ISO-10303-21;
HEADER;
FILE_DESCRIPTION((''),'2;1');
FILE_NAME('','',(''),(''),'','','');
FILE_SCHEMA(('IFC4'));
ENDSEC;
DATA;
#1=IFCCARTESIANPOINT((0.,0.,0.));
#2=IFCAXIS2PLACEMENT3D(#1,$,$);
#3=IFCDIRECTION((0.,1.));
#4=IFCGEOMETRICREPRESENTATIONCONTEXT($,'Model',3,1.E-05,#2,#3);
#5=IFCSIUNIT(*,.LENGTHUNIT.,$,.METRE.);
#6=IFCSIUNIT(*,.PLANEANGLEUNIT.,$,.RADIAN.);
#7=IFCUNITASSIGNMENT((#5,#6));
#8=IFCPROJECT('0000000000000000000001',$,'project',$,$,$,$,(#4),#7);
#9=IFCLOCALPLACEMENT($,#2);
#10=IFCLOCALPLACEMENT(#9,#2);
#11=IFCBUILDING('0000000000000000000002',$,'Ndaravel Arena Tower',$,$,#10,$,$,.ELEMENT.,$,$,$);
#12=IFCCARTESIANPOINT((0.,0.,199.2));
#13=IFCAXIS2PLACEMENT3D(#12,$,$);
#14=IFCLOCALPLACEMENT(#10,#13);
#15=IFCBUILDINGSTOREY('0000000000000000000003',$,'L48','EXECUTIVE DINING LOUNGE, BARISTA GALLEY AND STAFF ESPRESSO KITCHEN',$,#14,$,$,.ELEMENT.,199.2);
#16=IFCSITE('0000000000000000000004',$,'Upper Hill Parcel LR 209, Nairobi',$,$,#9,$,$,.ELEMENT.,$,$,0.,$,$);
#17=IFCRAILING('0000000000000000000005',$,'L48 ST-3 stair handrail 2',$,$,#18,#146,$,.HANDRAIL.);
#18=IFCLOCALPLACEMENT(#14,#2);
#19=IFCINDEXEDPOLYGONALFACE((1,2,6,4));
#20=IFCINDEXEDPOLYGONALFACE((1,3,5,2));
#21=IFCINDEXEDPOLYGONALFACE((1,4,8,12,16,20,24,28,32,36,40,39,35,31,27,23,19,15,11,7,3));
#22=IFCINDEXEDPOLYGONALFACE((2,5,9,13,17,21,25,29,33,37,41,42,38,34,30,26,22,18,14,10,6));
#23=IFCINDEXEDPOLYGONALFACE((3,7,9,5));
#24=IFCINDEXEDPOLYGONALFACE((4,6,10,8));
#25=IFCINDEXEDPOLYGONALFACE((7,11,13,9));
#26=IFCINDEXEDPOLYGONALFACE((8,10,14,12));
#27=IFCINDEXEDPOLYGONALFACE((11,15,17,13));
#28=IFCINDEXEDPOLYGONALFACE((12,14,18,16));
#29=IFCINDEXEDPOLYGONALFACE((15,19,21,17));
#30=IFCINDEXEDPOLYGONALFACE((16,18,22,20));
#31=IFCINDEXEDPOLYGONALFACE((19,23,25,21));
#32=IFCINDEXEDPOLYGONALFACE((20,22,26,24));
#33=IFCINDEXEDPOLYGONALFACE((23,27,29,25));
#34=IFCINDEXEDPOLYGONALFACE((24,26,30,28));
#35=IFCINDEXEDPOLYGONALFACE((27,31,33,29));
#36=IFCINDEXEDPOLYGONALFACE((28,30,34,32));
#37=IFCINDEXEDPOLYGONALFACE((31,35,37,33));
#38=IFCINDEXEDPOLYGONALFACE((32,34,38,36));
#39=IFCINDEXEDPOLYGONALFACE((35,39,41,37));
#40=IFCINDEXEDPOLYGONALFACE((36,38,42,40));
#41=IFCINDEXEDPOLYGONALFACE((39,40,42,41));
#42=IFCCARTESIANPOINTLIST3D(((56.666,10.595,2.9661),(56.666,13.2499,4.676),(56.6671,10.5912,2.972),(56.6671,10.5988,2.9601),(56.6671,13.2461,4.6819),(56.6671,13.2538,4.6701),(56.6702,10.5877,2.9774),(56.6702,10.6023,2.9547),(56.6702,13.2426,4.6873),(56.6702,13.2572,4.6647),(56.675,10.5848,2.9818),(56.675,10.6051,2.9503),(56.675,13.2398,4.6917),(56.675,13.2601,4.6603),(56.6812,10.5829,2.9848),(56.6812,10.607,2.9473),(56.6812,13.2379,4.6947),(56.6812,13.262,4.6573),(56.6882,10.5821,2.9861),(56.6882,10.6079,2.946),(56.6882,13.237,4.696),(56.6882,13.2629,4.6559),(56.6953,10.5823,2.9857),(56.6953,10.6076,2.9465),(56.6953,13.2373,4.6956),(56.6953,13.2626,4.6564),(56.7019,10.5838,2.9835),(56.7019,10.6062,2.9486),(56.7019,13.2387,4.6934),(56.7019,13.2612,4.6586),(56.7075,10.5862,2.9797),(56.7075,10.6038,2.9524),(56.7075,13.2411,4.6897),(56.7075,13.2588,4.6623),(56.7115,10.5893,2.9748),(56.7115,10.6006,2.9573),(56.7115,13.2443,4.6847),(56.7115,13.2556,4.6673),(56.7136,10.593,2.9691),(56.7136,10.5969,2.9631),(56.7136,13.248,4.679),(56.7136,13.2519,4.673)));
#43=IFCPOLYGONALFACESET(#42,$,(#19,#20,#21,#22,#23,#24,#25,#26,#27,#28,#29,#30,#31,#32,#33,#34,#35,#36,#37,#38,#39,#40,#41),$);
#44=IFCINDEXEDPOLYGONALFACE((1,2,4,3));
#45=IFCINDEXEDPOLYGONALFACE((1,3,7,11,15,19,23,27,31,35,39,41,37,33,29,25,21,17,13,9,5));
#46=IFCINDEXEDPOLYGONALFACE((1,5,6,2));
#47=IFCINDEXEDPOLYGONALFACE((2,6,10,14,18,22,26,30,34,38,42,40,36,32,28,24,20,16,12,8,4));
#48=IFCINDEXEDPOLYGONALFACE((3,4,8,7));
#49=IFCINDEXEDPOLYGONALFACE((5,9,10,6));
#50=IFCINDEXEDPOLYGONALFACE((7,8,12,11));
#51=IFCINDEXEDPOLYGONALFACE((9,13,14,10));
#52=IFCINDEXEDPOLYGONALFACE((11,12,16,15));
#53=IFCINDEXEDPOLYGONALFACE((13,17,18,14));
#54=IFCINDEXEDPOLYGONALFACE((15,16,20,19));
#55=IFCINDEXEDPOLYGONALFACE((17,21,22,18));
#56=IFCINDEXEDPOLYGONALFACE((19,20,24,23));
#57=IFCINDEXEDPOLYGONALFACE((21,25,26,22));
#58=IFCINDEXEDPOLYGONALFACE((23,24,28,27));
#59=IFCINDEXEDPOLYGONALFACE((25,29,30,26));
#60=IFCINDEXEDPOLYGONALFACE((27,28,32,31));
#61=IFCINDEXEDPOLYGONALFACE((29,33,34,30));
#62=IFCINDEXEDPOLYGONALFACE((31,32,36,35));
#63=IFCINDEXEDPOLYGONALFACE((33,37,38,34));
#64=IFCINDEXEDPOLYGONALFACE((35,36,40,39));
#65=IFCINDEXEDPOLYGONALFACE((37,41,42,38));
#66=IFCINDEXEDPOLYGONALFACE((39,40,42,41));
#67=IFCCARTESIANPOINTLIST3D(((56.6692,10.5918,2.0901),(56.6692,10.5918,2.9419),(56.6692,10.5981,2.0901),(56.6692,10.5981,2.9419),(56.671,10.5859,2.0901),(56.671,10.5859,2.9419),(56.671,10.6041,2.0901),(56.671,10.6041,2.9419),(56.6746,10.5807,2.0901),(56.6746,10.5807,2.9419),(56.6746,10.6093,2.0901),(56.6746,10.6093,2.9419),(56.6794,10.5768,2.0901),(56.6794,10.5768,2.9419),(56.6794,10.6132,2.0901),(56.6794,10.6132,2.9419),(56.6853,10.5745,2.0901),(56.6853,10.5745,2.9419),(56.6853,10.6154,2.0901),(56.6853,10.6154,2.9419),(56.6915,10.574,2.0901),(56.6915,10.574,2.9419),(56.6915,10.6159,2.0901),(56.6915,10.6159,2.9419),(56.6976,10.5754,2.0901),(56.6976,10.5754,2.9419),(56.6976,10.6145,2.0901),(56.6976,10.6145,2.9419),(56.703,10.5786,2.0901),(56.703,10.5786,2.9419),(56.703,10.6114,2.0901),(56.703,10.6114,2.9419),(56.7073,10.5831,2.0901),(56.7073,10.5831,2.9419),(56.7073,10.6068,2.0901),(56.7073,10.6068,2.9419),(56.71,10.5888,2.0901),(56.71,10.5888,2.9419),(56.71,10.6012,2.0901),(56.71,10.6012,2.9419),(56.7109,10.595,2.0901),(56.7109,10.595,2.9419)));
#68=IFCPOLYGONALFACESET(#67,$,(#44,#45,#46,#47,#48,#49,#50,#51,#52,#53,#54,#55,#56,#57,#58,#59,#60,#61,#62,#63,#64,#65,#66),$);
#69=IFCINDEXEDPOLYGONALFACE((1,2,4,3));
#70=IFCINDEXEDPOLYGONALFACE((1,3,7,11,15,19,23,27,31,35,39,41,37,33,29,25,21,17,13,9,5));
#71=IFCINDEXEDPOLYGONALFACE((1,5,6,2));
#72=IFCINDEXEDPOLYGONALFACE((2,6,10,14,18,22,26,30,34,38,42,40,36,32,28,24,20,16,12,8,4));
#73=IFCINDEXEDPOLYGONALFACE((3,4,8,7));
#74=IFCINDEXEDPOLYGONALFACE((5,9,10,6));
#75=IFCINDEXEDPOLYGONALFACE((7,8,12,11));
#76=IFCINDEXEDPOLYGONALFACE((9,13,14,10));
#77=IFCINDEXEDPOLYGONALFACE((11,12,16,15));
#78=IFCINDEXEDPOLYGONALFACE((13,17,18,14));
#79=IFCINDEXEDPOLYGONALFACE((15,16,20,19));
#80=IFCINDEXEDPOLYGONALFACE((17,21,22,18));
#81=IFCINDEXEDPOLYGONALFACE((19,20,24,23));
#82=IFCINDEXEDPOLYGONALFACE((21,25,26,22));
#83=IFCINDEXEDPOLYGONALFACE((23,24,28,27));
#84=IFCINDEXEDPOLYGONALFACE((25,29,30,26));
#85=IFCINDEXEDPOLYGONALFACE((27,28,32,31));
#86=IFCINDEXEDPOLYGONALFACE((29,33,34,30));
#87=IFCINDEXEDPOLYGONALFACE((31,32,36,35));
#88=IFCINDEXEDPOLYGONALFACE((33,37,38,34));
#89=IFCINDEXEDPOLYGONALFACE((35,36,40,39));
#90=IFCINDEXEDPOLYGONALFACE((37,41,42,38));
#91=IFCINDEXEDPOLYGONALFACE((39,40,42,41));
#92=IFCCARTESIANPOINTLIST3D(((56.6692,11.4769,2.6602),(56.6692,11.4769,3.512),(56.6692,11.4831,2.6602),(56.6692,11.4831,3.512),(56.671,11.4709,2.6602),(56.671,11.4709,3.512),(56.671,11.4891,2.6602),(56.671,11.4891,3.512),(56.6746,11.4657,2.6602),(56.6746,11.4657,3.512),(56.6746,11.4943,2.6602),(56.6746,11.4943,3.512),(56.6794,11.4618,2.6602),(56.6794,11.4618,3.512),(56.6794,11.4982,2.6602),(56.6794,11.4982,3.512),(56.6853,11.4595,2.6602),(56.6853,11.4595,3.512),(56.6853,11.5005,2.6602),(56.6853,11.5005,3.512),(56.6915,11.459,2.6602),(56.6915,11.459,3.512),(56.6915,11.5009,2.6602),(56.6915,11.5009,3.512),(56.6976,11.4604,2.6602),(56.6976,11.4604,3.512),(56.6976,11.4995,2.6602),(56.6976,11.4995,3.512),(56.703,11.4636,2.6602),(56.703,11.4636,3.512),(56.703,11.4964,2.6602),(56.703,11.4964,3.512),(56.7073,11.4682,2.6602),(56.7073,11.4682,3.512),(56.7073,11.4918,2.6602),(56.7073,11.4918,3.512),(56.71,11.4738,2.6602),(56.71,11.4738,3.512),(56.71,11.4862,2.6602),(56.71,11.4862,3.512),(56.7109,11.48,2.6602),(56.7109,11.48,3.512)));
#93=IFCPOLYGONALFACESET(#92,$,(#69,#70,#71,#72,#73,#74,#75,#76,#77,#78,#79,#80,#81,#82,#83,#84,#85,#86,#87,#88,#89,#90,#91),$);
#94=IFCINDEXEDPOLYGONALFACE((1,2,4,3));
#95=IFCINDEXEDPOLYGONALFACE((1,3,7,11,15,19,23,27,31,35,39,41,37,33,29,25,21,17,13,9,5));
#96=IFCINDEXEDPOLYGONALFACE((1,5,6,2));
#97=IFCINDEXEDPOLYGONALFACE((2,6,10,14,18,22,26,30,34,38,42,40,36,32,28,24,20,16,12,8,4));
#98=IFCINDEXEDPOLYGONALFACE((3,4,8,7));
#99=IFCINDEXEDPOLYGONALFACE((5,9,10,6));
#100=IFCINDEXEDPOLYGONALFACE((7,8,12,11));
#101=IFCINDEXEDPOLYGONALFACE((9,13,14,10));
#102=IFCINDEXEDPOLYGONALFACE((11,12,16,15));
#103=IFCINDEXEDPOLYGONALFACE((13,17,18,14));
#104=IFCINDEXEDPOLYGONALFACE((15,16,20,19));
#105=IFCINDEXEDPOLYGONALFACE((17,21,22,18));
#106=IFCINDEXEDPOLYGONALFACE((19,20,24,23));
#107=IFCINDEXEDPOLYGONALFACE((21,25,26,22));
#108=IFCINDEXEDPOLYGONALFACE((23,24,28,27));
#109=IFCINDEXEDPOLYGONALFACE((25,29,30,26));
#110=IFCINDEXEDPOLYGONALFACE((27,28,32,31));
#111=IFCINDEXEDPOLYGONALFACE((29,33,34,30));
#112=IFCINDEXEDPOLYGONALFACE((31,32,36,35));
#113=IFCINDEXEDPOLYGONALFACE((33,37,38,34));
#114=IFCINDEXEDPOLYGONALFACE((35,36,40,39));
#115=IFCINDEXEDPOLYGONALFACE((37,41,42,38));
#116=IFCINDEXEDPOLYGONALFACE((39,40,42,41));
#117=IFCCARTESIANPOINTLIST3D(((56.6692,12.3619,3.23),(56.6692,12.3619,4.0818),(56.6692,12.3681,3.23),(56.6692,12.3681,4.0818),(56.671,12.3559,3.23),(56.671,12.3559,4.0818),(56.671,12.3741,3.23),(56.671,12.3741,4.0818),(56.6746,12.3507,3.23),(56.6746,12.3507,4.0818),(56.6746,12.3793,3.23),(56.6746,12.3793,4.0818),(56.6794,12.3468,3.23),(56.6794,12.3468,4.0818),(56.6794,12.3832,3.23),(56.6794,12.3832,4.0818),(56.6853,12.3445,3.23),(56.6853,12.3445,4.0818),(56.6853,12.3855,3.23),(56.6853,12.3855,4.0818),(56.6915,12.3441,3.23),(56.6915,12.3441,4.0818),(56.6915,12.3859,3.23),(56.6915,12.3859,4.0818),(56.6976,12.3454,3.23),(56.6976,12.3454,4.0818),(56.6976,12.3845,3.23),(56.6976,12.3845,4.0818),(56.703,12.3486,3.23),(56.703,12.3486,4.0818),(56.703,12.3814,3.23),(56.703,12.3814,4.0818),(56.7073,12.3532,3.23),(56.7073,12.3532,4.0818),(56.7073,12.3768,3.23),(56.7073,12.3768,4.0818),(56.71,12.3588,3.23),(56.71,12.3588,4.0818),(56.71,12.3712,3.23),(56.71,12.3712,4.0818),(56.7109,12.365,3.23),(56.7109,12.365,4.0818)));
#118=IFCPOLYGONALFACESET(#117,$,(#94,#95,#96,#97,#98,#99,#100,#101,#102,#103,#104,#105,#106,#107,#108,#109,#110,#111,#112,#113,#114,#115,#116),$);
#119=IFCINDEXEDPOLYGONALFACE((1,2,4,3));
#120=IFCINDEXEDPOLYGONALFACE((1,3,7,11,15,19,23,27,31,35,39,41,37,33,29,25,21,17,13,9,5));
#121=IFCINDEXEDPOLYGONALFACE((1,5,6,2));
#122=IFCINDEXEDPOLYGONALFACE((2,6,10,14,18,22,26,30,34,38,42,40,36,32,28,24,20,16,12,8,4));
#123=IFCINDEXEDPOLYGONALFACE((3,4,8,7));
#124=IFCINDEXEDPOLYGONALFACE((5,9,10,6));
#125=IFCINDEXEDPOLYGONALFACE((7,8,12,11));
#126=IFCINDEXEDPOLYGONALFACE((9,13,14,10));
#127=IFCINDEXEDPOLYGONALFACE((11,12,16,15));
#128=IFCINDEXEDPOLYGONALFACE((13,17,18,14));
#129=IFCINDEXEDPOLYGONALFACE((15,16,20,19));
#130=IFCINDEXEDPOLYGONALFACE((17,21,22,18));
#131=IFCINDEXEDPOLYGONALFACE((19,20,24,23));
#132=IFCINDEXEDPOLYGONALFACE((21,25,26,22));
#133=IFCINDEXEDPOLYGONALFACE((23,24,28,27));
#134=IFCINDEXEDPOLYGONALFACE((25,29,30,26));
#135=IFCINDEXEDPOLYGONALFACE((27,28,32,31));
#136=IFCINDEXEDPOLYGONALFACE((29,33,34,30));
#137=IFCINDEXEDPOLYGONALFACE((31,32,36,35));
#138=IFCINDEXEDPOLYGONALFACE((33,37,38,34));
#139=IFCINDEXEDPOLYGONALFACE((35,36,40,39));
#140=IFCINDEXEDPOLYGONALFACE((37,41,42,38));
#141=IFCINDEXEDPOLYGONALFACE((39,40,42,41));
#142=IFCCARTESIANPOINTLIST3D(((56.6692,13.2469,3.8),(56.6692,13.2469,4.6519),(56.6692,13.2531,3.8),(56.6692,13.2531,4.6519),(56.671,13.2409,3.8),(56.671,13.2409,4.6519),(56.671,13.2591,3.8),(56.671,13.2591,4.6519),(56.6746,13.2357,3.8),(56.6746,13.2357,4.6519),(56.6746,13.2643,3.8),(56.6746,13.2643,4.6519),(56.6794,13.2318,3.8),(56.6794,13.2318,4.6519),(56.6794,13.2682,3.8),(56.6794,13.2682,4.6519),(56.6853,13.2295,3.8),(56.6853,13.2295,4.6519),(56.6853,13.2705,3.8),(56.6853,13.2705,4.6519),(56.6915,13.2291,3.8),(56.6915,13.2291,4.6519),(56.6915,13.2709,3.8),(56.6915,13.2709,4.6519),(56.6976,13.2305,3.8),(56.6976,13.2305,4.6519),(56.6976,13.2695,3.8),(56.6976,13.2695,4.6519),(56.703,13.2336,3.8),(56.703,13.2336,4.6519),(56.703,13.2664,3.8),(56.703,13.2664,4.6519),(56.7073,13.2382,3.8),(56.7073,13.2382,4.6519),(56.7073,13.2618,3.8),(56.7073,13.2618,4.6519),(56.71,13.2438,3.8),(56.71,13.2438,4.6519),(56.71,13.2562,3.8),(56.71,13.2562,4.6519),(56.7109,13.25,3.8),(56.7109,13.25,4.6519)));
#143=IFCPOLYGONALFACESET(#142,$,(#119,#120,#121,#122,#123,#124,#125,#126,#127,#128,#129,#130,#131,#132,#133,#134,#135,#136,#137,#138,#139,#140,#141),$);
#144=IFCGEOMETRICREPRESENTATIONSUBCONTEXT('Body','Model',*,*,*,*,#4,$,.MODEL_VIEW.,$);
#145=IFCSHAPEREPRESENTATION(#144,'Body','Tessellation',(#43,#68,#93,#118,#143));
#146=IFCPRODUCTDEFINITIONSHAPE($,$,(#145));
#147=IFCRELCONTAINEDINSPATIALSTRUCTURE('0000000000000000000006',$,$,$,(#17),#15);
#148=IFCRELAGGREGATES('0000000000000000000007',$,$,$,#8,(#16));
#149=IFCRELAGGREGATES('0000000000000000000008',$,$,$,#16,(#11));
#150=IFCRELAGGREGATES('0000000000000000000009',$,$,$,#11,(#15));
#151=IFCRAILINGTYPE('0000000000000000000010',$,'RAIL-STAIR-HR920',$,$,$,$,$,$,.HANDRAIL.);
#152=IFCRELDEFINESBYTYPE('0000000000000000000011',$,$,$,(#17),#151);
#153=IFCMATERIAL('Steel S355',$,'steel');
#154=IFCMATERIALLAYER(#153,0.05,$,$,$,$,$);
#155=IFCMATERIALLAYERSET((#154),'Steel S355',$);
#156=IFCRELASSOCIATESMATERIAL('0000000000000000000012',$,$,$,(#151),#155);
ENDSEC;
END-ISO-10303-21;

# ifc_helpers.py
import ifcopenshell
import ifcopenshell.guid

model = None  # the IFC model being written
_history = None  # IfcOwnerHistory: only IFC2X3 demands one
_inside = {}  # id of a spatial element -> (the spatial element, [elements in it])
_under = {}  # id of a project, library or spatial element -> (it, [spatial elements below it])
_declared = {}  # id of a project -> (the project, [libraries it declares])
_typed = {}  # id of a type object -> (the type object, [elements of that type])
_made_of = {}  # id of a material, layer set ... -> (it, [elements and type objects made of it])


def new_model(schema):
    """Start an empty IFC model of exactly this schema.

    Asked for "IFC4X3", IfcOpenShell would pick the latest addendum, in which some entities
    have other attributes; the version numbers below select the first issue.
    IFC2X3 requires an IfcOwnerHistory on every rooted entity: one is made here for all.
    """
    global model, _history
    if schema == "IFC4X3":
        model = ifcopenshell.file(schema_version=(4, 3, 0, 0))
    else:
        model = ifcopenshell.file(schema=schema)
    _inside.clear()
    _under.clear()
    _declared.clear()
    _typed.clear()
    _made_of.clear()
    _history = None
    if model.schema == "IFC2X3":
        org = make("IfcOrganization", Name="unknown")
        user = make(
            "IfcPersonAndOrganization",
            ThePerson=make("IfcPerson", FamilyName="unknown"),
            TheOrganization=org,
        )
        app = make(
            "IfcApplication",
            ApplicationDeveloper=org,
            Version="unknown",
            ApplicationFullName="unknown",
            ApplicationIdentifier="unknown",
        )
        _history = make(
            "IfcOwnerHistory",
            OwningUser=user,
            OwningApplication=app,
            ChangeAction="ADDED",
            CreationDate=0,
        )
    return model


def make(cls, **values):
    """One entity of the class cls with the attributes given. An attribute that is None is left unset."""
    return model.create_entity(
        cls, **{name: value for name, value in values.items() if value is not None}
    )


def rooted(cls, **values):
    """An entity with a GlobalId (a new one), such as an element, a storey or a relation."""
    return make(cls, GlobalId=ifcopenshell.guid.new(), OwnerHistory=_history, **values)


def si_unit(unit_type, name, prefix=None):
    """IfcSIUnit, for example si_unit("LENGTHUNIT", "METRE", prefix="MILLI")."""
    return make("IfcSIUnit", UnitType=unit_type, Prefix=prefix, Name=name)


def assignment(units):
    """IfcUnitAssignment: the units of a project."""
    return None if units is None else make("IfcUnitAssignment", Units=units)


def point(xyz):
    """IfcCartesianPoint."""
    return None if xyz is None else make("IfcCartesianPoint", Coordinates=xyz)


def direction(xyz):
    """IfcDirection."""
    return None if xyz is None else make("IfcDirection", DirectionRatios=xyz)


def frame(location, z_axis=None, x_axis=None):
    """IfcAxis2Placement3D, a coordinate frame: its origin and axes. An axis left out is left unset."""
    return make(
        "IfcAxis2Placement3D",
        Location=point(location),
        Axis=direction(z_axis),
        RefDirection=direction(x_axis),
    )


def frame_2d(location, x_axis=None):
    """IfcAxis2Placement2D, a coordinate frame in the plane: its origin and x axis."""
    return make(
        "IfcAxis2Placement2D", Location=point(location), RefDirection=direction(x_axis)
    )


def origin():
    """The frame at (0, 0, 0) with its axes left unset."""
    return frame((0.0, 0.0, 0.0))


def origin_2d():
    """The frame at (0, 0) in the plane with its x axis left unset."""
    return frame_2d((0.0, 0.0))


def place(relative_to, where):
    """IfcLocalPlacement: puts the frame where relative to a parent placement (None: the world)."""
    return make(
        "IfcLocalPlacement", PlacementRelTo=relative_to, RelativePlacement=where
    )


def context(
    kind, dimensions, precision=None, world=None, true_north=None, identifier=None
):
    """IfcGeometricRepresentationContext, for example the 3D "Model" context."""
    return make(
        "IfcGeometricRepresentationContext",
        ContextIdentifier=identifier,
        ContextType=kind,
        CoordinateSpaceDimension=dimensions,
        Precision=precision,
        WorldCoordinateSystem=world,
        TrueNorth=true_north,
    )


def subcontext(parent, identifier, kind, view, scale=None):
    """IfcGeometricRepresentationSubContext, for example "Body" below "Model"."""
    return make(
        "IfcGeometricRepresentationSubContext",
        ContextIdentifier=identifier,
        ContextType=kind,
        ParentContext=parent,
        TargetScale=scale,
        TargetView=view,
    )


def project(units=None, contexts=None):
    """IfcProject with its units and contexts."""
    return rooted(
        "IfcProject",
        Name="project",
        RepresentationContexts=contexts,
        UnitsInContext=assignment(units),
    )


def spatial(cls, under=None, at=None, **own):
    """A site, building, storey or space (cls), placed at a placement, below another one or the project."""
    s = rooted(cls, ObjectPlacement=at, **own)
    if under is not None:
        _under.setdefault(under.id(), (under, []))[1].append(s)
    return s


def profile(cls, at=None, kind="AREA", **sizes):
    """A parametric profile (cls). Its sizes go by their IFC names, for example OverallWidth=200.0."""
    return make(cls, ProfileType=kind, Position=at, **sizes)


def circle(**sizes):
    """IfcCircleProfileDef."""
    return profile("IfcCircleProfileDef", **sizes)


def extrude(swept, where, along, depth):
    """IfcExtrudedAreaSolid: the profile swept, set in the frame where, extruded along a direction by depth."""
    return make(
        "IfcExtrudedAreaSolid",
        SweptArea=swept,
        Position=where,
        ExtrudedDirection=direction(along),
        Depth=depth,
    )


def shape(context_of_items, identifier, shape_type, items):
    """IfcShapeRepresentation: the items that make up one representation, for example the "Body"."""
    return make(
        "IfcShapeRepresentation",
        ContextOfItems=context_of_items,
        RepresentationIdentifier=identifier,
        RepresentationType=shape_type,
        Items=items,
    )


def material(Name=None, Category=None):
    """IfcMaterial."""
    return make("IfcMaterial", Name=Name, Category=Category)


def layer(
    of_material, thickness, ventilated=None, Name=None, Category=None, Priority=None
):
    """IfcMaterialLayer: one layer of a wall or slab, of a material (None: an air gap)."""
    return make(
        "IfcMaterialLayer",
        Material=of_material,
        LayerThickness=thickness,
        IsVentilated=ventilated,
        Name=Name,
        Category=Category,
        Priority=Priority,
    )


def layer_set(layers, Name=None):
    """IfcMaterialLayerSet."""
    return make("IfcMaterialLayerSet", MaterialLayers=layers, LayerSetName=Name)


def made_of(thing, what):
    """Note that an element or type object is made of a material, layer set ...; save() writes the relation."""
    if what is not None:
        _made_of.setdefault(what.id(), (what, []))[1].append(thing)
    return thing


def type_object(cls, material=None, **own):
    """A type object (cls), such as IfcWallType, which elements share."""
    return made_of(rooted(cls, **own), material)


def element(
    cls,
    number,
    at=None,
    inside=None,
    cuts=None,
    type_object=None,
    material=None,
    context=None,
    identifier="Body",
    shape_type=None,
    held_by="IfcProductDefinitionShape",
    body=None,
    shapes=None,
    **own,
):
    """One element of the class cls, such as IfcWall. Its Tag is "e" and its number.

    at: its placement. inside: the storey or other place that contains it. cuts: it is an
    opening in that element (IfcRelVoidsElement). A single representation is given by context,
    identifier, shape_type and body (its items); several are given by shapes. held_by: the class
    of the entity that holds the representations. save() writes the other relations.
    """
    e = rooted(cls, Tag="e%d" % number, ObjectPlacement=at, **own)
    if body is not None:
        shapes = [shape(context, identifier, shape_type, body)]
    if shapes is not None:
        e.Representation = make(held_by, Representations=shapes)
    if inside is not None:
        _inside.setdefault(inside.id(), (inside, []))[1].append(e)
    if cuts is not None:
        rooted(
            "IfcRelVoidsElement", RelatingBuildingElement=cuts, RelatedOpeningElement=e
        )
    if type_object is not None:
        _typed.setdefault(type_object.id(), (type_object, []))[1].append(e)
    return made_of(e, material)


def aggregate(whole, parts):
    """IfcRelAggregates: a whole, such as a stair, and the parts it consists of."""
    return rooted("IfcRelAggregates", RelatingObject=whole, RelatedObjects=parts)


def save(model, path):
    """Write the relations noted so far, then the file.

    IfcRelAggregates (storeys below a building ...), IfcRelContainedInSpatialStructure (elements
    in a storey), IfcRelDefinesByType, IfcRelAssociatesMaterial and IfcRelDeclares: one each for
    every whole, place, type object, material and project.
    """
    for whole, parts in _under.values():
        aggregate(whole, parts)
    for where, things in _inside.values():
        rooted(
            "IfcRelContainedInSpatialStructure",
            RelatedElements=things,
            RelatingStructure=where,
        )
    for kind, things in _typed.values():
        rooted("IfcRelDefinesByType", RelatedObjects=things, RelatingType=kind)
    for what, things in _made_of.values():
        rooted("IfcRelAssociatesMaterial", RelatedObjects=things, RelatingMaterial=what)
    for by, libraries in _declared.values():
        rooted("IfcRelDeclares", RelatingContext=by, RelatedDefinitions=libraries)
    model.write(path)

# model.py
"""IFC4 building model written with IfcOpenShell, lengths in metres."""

from ifc_helpers import new_model, si_unit, direction, frame, origin, origin_2d, place, context, subcontext, project, spatial, circle, extrude, material, layer, layer_set, type_object, element, save


model = new_model("IFC4")

# Units and contexts
model_context = context("Model", 3, precision=1e-05, world=origin(), true_north=direction((0.0, 1.0)))
body_context = subcontext(model_context, "Body", "Model", "MODEL_VIEW")
ifc_project = project(units=[si_unit("LENGTHUNIT", "METRE"), si_unit("PLANEANGLEUNIT", "RADIAN")], contexts=[model_context])

# Site, building, storey
site_placement = place(None, origin())
site = spatial("IfcSite", under=ifc_project, at=site_placement, Name="Upper Hill Parcel LR 209, Nairobi", CompositionType="ELEMENT", RefElevation=0.0)
building_placement = place(site_placement, origin())
building = spatial("IfcBuilding", under=site, at=building_placement, Name="Ndaravel Arena Tower", CompositionType="ELEMENT")
storey_placement = place(building_placement, frame((0.0, 0.0, 199.2)))
storey = spatial("IfcBuildingStorey", under=building, at=storey_placement, Name="L48", Description="EXECUTIVE DINING LOUNGE, BARISTA GALLEY AND STAFF ESPRESSO KITCHEN", CompositionType="ELEMENT", Elevation=199.2)

# Railing
ifc_material_1 = material(Name="Steel S355", Category="steel")
ifc_layer_1 = layer(ifc_material_1, 0.05)
ifc_layer_set_1 = layer_set([ifc_layer_1], Name="Steel S355")
railing_type_1 = type_object("IfcRailingType", Name="RAIL-STAIR-HR920", PredefinedType="HANDRAIL", material=ifc_layer_set_1)
railing_1_placement = place(storey_placement, frame((56.6899, 10.595, 2.0901)))
element("IfcRailing", 1, at=railing_1_placement, inside=storey, type_object=railing_type_1, Name="L48 ST-3 stair handrail 2", PredefinedType="HANDRAIL", context=body_context, shape_type="SweptSolid", body=[
    extrude(circle(Radius=0.0239, at=origin_2d()), frame((0.0, 0.0, 0.876), z_axis=(0.0, 0.840724, 0.541465), x_axis=(-1.0, 0.0, 0.0)), (0.0, 0.0, 1.0), 3.158),
    extrude(circle(Radius=0.021, at=origin_2d()), origin(), (0.0, 0.0, 1.0), 0.8518),
    extrude(circle(Radius=0.021, at=origin_2d()), frame((0.0, 0.885, 0.5701)), (0.0, 0.0, 1.0), 0.8518),
    extrude(circle(Radius=0.021, at=origin_2d()), frame((0.0, 1.77, 1.1399)), (0.0, 0.0, 1.0), 0.8518),
    extrude(circle(Radius=0.021, at=origin_2d()), frame((0.0, 2.655, 1.71)), (0.0, 0.0, 1.0), 0.8518),
])

save(model, "model.ifc")
